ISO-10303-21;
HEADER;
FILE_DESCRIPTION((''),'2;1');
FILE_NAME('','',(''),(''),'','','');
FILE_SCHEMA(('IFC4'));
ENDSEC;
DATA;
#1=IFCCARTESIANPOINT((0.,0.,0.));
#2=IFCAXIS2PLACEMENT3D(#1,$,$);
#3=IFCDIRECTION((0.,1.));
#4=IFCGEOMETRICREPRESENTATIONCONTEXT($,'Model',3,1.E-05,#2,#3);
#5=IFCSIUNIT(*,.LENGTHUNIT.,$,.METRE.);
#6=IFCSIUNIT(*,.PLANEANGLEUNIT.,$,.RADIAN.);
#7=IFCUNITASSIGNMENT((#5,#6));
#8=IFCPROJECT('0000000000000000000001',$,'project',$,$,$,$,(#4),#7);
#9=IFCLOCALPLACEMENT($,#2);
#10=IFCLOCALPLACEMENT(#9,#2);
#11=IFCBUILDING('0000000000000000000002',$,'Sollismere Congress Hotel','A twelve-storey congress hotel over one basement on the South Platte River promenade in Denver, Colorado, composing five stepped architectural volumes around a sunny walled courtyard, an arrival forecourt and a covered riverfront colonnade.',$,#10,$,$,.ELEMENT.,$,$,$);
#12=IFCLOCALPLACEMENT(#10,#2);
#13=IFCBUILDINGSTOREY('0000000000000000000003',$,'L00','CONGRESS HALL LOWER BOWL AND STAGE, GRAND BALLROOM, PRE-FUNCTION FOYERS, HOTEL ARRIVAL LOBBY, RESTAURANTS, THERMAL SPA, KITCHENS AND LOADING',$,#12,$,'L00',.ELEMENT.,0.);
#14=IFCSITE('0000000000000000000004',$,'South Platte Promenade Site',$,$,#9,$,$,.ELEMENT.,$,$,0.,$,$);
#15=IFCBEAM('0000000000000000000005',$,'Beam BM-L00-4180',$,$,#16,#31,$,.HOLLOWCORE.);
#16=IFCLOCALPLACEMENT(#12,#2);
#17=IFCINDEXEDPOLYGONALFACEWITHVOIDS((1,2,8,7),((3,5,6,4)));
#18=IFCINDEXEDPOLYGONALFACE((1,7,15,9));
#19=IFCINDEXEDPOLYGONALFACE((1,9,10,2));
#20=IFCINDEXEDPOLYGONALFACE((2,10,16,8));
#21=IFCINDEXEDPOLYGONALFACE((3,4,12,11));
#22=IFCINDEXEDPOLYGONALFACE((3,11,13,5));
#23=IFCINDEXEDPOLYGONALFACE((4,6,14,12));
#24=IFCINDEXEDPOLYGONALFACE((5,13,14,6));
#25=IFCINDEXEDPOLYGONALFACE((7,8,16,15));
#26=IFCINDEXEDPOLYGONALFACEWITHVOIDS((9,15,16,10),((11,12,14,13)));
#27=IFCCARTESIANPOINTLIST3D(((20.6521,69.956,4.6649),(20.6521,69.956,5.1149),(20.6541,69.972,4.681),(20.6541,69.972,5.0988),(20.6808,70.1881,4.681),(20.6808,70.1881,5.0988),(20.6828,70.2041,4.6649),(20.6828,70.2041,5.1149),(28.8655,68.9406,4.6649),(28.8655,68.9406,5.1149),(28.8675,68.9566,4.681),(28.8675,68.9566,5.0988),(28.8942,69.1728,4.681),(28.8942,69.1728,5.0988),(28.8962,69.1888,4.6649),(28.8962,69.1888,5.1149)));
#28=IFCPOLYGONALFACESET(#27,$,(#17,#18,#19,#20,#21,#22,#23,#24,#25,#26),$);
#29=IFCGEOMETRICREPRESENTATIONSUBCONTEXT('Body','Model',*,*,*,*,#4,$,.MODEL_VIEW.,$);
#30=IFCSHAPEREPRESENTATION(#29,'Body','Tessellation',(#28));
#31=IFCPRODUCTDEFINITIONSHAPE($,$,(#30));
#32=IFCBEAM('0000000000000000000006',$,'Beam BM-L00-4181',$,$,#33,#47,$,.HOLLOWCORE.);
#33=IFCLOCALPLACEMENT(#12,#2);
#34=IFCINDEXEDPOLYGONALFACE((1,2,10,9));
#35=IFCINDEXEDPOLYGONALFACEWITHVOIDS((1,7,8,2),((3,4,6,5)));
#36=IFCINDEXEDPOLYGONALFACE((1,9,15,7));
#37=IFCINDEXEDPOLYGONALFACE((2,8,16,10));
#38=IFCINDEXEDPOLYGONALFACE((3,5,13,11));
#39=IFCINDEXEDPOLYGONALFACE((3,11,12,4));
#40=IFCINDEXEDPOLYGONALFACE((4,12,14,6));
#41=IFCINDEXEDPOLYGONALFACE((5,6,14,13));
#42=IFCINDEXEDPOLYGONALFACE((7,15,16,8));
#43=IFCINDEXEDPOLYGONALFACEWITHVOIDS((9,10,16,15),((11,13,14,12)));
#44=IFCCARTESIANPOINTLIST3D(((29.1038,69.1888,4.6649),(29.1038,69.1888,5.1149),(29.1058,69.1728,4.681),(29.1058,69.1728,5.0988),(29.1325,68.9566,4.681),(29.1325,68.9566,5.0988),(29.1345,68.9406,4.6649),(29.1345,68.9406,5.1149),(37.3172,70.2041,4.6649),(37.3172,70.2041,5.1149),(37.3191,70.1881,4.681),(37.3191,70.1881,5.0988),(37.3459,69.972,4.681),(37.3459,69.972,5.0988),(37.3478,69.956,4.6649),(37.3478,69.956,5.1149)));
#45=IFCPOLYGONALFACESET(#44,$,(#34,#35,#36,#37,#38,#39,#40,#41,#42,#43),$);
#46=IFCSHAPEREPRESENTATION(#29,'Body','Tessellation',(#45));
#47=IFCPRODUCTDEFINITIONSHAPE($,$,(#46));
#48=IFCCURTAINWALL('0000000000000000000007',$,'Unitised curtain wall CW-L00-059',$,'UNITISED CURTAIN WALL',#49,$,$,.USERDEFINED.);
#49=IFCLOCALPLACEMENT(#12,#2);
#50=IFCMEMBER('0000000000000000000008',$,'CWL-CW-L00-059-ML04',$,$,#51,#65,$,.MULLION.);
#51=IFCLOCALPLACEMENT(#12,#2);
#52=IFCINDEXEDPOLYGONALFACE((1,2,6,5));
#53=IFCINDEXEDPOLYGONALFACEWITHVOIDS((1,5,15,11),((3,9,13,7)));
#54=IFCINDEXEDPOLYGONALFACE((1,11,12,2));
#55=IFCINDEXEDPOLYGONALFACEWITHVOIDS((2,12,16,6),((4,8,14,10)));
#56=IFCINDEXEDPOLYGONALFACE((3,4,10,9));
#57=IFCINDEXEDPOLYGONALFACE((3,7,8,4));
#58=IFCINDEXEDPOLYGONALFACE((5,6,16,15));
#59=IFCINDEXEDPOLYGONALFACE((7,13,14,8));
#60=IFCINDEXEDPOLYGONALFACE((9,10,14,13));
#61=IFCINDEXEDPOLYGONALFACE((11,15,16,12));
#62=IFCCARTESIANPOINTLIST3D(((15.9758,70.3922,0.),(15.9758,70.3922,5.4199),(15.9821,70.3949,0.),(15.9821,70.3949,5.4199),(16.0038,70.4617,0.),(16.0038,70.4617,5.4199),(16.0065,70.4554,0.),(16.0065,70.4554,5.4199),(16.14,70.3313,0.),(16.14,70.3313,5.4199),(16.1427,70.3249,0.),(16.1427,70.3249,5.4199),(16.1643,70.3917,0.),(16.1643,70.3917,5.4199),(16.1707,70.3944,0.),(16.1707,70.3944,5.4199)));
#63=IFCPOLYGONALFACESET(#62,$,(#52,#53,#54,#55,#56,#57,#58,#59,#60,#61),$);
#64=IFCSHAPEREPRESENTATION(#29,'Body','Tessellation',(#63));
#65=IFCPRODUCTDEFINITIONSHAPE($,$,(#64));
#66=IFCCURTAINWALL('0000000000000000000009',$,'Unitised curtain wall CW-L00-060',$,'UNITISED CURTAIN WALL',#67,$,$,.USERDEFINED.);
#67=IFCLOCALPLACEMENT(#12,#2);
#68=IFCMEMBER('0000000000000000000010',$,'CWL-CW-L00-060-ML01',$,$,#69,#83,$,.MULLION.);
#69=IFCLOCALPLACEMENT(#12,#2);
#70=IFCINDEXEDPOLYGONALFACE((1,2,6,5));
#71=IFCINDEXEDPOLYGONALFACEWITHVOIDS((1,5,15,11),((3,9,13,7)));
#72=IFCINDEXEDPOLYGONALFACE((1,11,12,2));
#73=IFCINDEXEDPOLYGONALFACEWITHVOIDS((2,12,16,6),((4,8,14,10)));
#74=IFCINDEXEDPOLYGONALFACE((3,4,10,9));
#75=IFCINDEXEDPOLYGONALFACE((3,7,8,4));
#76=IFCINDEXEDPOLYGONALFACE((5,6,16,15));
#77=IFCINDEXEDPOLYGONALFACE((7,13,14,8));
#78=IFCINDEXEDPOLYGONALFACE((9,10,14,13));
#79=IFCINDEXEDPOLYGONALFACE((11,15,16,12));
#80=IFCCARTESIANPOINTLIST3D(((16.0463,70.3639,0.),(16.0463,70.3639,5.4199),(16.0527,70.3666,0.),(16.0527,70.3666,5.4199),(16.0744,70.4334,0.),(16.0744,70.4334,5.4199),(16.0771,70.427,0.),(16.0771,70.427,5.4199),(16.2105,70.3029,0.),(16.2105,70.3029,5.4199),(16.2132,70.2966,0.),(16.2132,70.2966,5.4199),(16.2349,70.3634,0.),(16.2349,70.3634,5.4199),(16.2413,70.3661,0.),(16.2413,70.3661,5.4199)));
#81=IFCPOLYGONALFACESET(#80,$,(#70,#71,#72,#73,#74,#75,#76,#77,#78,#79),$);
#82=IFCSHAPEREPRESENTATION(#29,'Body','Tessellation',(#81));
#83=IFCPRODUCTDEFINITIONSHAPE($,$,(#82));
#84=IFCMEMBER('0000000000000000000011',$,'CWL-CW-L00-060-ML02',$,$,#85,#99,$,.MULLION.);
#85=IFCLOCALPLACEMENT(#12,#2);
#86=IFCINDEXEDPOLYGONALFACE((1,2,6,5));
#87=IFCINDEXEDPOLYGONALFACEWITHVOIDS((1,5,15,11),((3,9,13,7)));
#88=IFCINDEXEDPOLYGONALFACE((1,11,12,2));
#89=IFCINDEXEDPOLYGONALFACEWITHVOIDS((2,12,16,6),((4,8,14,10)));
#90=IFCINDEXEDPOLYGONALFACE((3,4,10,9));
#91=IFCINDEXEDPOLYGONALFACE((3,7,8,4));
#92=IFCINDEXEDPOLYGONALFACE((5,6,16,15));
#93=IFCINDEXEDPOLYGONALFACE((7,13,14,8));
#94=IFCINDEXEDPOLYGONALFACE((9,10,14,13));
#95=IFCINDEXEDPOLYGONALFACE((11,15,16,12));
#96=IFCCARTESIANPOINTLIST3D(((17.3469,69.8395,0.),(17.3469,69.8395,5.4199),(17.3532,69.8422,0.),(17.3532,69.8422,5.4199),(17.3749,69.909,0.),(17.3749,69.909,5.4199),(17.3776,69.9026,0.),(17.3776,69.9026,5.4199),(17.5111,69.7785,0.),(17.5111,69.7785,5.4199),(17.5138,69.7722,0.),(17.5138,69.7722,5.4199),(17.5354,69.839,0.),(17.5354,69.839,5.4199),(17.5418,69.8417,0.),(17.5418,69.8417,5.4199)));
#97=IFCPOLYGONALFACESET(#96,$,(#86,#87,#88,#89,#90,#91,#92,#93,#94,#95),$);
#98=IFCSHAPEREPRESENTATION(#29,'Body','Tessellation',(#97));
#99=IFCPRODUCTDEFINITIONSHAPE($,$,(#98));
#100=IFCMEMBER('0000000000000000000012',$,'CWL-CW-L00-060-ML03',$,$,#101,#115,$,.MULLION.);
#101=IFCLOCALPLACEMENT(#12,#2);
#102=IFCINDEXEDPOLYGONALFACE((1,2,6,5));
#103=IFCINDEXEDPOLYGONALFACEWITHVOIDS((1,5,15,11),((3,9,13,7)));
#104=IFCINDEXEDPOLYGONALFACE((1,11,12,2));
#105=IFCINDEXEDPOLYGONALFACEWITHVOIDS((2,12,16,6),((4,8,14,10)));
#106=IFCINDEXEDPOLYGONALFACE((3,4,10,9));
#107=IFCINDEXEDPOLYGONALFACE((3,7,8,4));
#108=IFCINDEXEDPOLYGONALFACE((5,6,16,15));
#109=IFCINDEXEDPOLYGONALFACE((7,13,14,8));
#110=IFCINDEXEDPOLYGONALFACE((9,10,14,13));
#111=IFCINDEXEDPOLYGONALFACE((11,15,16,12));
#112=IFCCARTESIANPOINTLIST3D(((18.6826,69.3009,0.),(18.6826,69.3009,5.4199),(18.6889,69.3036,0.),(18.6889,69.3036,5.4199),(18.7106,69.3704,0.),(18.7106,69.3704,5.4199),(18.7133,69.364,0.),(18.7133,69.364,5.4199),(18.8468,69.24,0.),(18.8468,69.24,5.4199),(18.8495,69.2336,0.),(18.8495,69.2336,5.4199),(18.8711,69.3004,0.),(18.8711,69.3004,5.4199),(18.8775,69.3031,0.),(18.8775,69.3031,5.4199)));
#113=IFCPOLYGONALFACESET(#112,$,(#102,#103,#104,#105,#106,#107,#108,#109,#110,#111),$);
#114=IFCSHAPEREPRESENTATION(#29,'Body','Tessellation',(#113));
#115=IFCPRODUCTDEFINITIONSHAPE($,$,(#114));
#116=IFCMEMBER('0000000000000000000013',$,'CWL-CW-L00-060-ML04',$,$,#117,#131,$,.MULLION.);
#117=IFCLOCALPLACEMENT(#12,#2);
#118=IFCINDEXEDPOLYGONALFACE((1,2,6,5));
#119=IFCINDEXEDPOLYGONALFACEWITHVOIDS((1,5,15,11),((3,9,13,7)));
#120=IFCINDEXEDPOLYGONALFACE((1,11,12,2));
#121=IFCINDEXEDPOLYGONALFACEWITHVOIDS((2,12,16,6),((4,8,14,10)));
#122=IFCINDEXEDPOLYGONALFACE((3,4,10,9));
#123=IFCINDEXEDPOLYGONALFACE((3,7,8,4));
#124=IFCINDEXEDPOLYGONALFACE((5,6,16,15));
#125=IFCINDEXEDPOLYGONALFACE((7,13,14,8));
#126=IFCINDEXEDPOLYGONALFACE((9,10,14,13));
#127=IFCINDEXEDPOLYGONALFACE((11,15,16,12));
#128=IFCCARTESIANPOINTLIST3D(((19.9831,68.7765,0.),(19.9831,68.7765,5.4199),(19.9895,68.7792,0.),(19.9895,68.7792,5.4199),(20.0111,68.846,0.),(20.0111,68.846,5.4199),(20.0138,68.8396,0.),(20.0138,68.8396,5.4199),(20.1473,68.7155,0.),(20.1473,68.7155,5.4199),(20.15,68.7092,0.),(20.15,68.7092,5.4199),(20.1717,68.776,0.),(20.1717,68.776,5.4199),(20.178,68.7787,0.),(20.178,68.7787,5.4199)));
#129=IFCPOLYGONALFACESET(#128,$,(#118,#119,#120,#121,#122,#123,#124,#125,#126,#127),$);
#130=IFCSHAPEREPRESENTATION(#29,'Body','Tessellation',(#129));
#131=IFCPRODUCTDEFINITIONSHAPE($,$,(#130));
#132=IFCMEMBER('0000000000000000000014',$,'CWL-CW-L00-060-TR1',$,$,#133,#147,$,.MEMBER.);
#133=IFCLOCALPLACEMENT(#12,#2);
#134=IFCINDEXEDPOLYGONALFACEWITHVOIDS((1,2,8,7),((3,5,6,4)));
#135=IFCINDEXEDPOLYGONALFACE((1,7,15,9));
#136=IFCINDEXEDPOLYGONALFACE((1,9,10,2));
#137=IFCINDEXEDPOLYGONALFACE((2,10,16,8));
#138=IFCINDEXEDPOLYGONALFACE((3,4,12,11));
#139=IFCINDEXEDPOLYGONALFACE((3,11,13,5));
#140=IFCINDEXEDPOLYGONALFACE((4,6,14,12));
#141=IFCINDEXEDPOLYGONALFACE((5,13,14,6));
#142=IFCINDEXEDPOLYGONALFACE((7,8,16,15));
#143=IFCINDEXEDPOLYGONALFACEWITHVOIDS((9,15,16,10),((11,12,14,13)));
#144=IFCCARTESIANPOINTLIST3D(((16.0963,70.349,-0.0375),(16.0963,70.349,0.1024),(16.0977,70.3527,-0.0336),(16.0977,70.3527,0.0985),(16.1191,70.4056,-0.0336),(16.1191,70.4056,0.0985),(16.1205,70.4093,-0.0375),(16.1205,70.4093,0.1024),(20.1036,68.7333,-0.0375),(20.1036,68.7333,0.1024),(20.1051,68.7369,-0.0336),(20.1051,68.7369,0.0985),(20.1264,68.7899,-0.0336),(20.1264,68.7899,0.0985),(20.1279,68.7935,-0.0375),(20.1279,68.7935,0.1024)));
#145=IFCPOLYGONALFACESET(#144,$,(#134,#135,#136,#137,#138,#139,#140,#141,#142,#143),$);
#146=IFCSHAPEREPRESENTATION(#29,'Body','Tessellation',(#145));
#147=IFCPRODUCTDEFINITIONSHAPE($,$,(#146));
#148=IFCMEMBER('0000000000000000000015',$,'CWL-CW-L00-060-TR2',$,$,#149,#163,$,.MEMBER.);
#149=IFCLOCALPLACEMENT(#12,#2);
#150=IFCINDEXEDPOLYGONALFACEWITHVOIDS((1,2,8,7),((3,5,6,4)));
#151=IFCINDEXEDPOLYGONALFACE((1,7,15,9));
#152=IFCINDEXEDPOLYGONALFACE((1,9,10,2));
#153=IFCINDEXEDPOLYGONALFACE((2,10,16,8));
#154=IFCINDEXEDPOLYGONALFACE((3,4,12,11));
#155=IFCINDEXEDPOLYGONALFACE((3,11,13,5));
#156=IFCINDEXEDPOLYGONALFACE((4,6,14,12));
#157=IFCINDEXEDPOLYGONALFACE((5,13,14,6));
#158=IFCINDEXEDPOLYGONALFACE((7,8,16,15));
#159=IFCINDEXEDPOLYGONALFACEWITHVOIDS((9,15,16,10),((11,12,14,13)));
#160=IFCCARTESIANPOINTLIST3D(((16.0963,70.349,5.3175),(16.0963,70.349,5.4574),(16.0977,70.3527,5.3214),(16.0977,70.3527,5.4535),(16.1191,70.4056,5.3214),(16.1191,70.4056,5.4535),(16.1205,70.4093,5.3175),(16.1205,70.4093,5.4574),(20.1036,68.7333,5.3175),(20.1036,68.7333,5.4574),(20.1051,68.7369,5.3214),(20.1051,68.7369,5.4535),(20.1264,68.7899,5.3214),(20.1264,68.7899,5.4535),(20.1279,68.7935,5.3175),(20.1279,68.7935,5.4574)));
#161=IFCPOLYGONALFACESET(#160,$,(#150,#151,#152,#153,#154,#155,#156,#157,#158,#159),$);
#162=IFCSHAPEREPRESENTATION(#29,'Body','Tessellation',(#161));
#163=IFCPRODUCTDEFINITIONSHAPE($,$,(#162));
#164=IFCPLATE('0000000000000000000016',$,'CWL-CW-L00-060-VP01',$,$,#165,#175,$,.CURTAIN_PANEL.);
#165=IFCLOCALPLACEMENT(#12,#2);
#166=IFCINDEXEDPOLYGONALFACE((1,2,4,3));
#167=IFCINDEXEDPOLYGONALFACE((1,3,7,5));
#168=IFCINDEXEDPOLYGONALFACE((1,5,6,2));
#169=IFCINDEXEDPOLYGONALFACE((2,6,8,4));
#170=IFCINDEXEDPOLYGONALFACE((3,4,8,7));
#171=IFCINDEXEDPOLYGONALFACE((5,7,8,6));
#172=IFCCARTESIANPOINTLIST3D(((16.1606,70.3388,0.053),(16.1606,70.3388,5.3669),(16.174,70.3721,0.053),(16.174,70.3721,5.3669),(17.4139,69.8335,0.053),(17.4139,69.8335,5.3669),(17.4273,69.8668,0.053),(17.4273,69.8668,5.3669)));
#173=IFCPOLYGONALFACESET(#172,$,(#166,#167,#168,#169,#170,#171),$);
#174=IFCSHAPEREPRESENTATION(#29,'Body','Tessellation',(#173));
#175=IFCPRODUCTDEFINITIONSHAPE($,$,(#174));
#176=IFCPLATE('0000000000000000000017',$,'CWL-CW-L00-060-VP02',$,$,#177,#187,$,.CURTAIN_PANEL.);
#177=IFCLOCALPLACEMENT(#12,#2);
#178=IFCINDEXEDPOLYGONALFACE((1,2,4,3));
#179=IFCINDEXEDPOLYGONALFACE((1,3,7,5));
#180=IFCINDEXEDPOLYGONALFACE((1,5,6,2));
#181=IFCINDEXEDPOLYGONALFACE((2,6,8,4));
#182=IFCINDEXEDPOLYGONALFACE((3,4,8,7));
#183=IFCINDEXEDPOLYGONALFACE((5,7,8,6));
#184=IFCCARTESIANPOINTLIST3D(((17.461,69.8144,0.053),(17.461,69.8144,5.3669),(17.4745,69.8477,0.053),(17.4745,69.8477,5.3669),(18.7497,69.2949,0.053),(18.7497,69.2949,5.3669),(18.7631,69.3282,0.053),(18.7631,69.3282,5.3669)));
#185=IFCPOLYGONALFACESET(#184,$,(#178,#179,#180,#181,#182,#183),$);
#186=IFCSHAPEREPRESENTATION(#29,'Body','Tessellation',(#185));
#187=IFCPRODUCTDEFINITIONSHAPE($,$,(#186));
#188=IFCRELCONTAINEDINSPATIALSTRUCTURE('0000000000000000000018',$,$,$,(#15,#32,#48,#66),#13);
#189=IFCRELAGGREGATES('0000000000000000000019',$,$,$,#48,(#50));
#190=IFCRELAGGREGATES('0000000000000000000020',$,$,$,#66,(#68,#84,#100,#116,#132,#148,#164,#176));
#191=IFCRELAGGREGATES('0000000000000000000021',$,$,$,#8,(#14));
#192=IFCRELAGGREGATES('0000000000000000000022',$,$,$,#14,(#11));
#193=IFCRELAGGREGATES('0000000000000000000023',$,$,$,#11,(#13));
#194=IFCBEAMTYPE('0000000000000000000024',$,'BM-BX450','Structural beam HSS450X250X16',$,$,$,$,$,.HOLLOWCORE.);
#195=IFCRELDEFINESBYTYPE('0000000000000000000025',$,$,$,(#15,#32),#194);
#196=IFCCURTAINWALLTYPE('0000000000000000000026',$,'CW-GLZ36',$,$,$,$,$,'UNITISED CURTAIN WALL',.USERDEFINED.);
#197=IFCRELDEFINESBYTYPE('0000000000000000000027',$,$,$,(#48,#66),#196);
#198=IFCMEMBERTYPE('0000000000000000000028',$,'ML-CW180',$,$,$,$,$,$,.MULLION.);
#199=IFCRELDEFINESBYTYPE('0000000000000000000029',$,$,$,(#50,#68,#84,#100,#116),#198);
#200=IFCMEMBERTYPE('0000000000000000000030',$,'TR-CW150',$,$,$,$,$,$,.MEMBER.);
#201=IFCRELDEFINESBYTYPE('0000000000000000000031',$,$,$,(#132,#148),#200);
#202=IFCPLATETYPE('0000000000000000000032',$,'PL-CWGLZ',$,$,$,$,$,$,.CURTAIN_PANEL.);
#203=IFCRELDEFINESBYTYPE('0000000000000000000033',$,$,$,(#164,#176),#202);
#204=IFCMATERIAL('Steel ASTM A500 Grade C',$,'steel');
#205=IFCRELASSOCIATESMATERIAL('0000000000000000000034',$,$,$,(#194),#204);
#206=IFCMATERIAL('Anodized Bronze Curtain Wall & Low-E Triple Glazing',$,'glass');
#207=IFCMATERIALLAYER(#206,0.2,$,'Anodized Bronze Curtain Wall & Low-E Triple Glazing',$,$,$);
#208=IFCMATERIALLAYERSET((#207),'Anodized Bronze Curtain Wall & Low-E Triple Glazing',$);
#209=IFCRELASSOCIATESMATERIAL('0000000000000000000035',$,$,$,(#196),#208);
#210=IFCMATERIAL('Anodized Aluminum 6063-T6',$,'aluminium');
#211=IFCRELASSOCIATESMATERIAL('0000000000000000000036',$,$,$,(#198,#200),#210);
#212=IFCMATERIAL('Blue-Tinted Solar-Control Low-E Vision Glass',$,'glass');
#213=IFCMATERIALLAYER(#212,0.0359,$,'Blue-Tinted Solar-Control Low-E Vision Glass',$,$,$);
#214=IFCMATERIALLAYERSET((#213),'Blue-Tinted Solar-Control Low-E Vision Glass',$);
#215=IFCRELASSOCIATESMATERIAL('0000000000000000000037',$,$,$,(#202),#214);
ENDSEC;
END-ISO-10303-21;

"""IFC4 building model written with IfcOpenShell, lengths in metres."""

from ifc_helpers import new_model, si_unit, direction, frame, origin, origin_2d, place, context, subcontext, project, spatial, rectangle, hollow_rectangle, extrude, material, layer, layer_set, material_profile, profile_set, type_object, element, aggregate, save


model = new_model("IFC4")

# Units and contexts
model_context = context("Model", 3, precision=1e-05, world=origin(), true_north=direction((0.0, 1.0)))
body_context = subcontext(model_context, "Body", "Model", "MODEL_VIEW")
ifc_project = project(units=[si_unit("LENGTHUNIT", "METRE"), si_unit("PLANEANGLEUNIT", "RADIAN")], contexts=[model_context])

# Site, building, storey
site_placement = place(None, origin())
site = spatial("IfcSite", under=ifc_project, at=site_placement, Name="South Platte Promenade Site", CompositionType="ELEMENT", RefElevation=0.0)
building_placement = place(site_placement, origin())
building = spatial("IfcBuilding", under=site, at=building_placement, Name="Sollismere Congress Hotel", Description="A twelve-storey congress hotel over one basement on the South Platte River promenade in Denver, Colorado, composing five stepped architectural volumes around a sunny walled courtyard, an arrival forecourt and a covered riverfront colonnade.", CompositionType="ELEMENT")
storey_placement = place(building_placement, origin())
storey = spatial("IfcBuildingStorey", under=building, at=storey_placement, Name="L00", Description="CONGRESS HALL LOWER BOWL AND STAGE, GRAND BALLROOM, PRE-FUNCTION FOYERS, HOTEL ARRIVAL LOBBY, RESTAURANTS, THERMAL SPA, KITCHENS AND LOADING", LongName="L00", CompositionType="ELEMENT", Elevation=0.0)

# Shared definitions
ifc_material_1 = material(Name="Steel ASTM A500 Grade C", Category="steel")

# Beams
ifc_material_profile_1 = material_profile(ifc_material_1, hollow_rectangle(XDim=0.25, YDim=0.45, WallThickness=0.0161, at=origin_2d()), Name="HSS450X250X16")
ifc_profile_set_1 = profile_set([ifc_material_profile_1], Name="Steel ASTM A500 Grade C")
beam_type = type_object("IfcBeamType", Name="BM-BX450", Description="Structural beam HSS450X250X16", PredefinedType="HOLLOWCORE", material=ifc_profile_set_1)
for number, where, z_axis, x_axis, name in (
    (1, (20.6675, 70.0801, 4.8899), (0.992445, -0.122691, 0.0), (0.122691, 0.992445, 0.0), "Beam BM-L00-4180"),
    (2, (29.1191, 69.0647, 4.8899), (0.992445, 0.122691, 0.0), (-0.122691, 0.992445, 0.0), "Beam BM-L00-4181"),
):
    element("IfcBeam", number, at=place(storey_placement, frame(where, z_axis=z_axis, x_axis=x_axis)), inside=storey, type_object=beam_type, Name=name, PredefinedType="HOLLOWCORE", context=body_context, shape_type="SweptSolid", body=[
        extrude(hollow_rectangle(XDim=0.25, YDim=0.45, WallThickness=0.0161, at=origin_2d()), origin(), (0.0, 0.0, 1.0), 8.2759),
    ])

# Curtain wall, member
ifc_material_2 = material(Name="Anodized Bronze Curtain Wall & Low-E Triple Glazing", Category="glass")
ifc_layer_1 = layer(ifc_material_2, 0.2, Name="Anodized Bronze Curtain Wall & Low-E Triple Glazing")
ifc_layer_set_1 = layer_set([ifc_layer_1], Name="Anodized Bronze Curtain Wall & Low-E Triple Glazing")
curtain_wall_type = type_object("IfcCurtainWallType", Name="CW-GLZ36", ElementType="UNITISED CURTAIN WALL", PredefinedType="USERDEFINED", material=ifc_layer_set_1)
curtain_wall_1_placement = place(storey_placement, origin())
curtain_wall_1 = element("IfcCurtainWall", 3, at=curtain_wall_1_placement, inside=storey, type_object=curtain_wall_type, Name="Unitised curtain wall CW-L00-059", ObjectType="UNITISED CURTAIN WALL", PredefinedType="USERDEFINED")
ifc_material_3 = material(Name="Anodized Aluminum 6063-T6", Category="aluminium")
ifc_material_profile_2 = material_profile(ifc_material_3, hollow_rectangle(XDim=0.075, YDim=0.1799, WallThickness=0.0049, at=origin_2d()), Name="ALU180X75X5")
ifc_profile_set_2 = profile_set([ifc_material_profile_2], Name="Anodized Aluminum 6063-T6")
member_type_1 = type_object("IfcMemberType", Name="ML-CW180", PredefinedType="MULLION", material=ifc_profile_set_2)
member_1_placement = place(storey_placement, frame((16.0732, 70.3933, 0.0), z_axis=(0.0, 0.0, 1.0), x_axis=(0.373943, 0.927452, 0.0)))
member_1 = element("IfcMember", 4, at=member_1_placement, type_object=member_type_1, Name="CWL-CW-L00-059-ML04", PredefinedType="MULLION", context=body_context, shape_type="SweptSolid", body=[
    extrude(hollow_rectangle(XDim=0.075, YDim=0.1799, WallThickness=0.0049, at=origin_2d()), origin(), (0.0, 0.0, 1.0), 5.4199),
])
aggregate(curtain_wall_1, [member_1])

# Curtain wall, members, plates
curtain_wall_2_placement = place(storey_placement, origin())
curtain_wall_2 = element("IfcCurtainWall", 5, at=curtain_wall_2_placement, inside=storey, type_object=curtain_wall_type, Name="Unitised curtain wall CW-L00-060", ObjectType="UNITISED CURTAIN WALL", PredefinedType="USERDEFINED")
member_2_placement = place(storey_placement, frame((16.1438, 70.365, 0.0), z_axis=(0.0, 0.0, 1.0), x_axis=(0.373943, 0.927452, 0.0)))
member_2 = element("IfcMember", 6, at=member_2_placement, type_object=member_type_1, Name="CWL-CW-L00-060-ML01", PredefinedType="MULLION", context=body_context, shape_type="SweptSolid", body=[
    extrude(hollow_rectangle(XDim=0.075, YDim=0.1799, WallThickness=0.0049, at=origin_2d()), origin(), (0.0, 0.0, 1.0), 5.4199),
])
member_3_placement = place(storey_placement, frame((17.4443, 69.8406, 0.0), z_axis=(0.0, 0.0, 1.0), x_axis=(0.373943, 0.927452, 0.0)))
member_3 = element("IfcMember", 7, at=member_3_placement, type_object=member_type_1, Name="CWL-CW-L00-060-ML02", PredefinedType="MULLION", context=body_context, shape_type="SweptSolid", body=[
    extrude(hollow_rectangle(XDim=0.075, YDim=0.1799, WallThickness=0.0049, at=origin_2d()), origin(), (0.0, 0.0, 1.0), 5.4199),
])
member_4_placement = place(storey_placement, frame((18.78, 69.302, 0.0), z_axis=(0.0, 0.0, 1.0), x_axis=(0.373943, 0.927452, 0.0)))
member_4 = element("IfcMember", 8, at=member_4_placement, type_object=member_type_1, Name="CWL-CW-L00-060-ML03", PredefinedType="MULLION", context=body_context, shape_type="SweptSolid", body=[
    extrude(hollow_rectangle(XDim=0.075, YDim=0.1799, WallThickness=0.0049, at=origin_2d()), origin(), (0.0, 0.0, 1.0), 5.4199),
])
member_5_placement = place(storey_placement, frame((20.0806, 68.7776, 0.0), z_axis=(0.0, 0.0, 1.0), x_axis=(0.373943, 0.927452, 0.0)))
member_5 = element("IfcMember", 9, at=member_5_placement, type_object=member_type_1, Name="CWL-CW-L00-060-ML04", PredefinedType="MULLION", context=body_context, shape_type="SweptSolid", body=[
    extrude(hollow_rectangle(XDim=0.075, YDim=0.1799, WallThickness=0.0049, at=origin_2d()), origin(), (0.0, 0.0, 1.0), 5.4199),
])
ifc_material_profile_3 = material_profile(ifc_material_3, hollow_rectangle(XDim=0.0649, YDim=0.1399, WallThickness=0.0039, at=origin_2d()), Name="ALU140X65X4")
ifc_profile_set_3 = profile_set([ifc_material_profile_3], Name="Anodized Aluminum 6063-T6")
member_type_2 = type_object("IfcMemberType", Name="TR-CW150", PredefinedType="MEMBER", material=ifc_profile_set_3)
member_6_placement = place(storey_placement, frame((16.1084, 70.3792, 0.0325), z_axis=(0.927452, -0.373942, 0.0), x_axis=(0.373942, 0.927452, 0.0)))
member_6 = element("IfcMember", 10, at=member_6_placement, type_object=member_type_2, Name="CWL-CW-L00-060-TR1", PredefinedType="MEMBER", context=body_context, shape_type="SweptSolid", body=[
    extrude(hollow_rectangle(XDim=0.0649, YDim=0.1399, WallThickness=0.0039, at=origin_2d()), origin(), (0.0, 0.0, 1.0), 4.3208),
])
member_7_placement = place(storey_placement, frame((16.1084, 70.3792, 5.3875), z_axis=(0.927452, -0.373942, 0.0), x_axis=(0.373942, 0.927452, 0.0)))
member_7 = element("IfcMember", 11, at=member_7_placement, type_object=member_type_2, Name="CWL-CW-L00-060-TR2", PredefinedType="MEMBER", context=body_context, shape_type="SweptSolid", body=[
    extrude(hollow_rectangle(XDim=0.0649, YDim=0.1399, WallThickness=0.0039, at=origin_2d()), origin(), (0.0, 0.0, 1.0), 4.3208),
])
ifc_material_4 = material(Name="Blue-Tinted Solar-Control Low-E Vision Glass", Category="glass")
ifc_layer_2 = layer(ifc_material_4, 0.0359, Name="Blue-Tinted Solar-Control Low-E Vision Glass")
ifc_layer_set_2 = layer_set([ifc_layer_2], Name="Blue-Tinted Solar-Control Low-E Vision Glass")
plate_type_1 = type_object("IfcPlateType", Name="PL-CWGLZ", PredefinedType="CURTAIN_PANEL", material=ifc_layer_set_2)
plate_1_placement = place(storey_placement, frame((16.7939, 70.1028, 0.053), z_axis=(0.0, 0.0, 1.0), x_axis=(0.927452, -0.373943, 0.0)))
plate_1 = element("IfcPlate", 12, at=plate_1_placement, type_object=plate_type_1, Name="CWL-CW-L00-060-VP01", PredefinedType="CURTAIN_PANEL", context=body_context, shape_type="SweptSolid", body=[
    extrude(rectangle(XDim=1.3513, YDim=0.0359, at=origin_2d()), origin(), (0.0, 0.0, 1.0), 5.314),
])
plate_2_placement = place(storey_placement, frame((18.1121, 69.5713, 0.053), z_axis=(0.0, 0.0, 1.0), x_axis=(0.927452, -0.373943, 0.0)))
plate_2 = element("IfcPlate", 13, at=plate_2_placement, type_object=plate_type_1, Name="CWL-CW-L00-060-VP02", PredefinedType="CURTAIN_PANEL", context=body_context, shape_type="SweptSolid", body=[
    extrude(rectangle(XDim=1.3894, YDim=0.0359, at=origin_2d()), origin(), (0.0, 0.0, 1.0), 5.314),
])
aggregate(curtain_wall_2, [member_2, member_3, member_4, member_5, member_6, member_7, plate_1, plate_2])

save(model, "model.ifc")
